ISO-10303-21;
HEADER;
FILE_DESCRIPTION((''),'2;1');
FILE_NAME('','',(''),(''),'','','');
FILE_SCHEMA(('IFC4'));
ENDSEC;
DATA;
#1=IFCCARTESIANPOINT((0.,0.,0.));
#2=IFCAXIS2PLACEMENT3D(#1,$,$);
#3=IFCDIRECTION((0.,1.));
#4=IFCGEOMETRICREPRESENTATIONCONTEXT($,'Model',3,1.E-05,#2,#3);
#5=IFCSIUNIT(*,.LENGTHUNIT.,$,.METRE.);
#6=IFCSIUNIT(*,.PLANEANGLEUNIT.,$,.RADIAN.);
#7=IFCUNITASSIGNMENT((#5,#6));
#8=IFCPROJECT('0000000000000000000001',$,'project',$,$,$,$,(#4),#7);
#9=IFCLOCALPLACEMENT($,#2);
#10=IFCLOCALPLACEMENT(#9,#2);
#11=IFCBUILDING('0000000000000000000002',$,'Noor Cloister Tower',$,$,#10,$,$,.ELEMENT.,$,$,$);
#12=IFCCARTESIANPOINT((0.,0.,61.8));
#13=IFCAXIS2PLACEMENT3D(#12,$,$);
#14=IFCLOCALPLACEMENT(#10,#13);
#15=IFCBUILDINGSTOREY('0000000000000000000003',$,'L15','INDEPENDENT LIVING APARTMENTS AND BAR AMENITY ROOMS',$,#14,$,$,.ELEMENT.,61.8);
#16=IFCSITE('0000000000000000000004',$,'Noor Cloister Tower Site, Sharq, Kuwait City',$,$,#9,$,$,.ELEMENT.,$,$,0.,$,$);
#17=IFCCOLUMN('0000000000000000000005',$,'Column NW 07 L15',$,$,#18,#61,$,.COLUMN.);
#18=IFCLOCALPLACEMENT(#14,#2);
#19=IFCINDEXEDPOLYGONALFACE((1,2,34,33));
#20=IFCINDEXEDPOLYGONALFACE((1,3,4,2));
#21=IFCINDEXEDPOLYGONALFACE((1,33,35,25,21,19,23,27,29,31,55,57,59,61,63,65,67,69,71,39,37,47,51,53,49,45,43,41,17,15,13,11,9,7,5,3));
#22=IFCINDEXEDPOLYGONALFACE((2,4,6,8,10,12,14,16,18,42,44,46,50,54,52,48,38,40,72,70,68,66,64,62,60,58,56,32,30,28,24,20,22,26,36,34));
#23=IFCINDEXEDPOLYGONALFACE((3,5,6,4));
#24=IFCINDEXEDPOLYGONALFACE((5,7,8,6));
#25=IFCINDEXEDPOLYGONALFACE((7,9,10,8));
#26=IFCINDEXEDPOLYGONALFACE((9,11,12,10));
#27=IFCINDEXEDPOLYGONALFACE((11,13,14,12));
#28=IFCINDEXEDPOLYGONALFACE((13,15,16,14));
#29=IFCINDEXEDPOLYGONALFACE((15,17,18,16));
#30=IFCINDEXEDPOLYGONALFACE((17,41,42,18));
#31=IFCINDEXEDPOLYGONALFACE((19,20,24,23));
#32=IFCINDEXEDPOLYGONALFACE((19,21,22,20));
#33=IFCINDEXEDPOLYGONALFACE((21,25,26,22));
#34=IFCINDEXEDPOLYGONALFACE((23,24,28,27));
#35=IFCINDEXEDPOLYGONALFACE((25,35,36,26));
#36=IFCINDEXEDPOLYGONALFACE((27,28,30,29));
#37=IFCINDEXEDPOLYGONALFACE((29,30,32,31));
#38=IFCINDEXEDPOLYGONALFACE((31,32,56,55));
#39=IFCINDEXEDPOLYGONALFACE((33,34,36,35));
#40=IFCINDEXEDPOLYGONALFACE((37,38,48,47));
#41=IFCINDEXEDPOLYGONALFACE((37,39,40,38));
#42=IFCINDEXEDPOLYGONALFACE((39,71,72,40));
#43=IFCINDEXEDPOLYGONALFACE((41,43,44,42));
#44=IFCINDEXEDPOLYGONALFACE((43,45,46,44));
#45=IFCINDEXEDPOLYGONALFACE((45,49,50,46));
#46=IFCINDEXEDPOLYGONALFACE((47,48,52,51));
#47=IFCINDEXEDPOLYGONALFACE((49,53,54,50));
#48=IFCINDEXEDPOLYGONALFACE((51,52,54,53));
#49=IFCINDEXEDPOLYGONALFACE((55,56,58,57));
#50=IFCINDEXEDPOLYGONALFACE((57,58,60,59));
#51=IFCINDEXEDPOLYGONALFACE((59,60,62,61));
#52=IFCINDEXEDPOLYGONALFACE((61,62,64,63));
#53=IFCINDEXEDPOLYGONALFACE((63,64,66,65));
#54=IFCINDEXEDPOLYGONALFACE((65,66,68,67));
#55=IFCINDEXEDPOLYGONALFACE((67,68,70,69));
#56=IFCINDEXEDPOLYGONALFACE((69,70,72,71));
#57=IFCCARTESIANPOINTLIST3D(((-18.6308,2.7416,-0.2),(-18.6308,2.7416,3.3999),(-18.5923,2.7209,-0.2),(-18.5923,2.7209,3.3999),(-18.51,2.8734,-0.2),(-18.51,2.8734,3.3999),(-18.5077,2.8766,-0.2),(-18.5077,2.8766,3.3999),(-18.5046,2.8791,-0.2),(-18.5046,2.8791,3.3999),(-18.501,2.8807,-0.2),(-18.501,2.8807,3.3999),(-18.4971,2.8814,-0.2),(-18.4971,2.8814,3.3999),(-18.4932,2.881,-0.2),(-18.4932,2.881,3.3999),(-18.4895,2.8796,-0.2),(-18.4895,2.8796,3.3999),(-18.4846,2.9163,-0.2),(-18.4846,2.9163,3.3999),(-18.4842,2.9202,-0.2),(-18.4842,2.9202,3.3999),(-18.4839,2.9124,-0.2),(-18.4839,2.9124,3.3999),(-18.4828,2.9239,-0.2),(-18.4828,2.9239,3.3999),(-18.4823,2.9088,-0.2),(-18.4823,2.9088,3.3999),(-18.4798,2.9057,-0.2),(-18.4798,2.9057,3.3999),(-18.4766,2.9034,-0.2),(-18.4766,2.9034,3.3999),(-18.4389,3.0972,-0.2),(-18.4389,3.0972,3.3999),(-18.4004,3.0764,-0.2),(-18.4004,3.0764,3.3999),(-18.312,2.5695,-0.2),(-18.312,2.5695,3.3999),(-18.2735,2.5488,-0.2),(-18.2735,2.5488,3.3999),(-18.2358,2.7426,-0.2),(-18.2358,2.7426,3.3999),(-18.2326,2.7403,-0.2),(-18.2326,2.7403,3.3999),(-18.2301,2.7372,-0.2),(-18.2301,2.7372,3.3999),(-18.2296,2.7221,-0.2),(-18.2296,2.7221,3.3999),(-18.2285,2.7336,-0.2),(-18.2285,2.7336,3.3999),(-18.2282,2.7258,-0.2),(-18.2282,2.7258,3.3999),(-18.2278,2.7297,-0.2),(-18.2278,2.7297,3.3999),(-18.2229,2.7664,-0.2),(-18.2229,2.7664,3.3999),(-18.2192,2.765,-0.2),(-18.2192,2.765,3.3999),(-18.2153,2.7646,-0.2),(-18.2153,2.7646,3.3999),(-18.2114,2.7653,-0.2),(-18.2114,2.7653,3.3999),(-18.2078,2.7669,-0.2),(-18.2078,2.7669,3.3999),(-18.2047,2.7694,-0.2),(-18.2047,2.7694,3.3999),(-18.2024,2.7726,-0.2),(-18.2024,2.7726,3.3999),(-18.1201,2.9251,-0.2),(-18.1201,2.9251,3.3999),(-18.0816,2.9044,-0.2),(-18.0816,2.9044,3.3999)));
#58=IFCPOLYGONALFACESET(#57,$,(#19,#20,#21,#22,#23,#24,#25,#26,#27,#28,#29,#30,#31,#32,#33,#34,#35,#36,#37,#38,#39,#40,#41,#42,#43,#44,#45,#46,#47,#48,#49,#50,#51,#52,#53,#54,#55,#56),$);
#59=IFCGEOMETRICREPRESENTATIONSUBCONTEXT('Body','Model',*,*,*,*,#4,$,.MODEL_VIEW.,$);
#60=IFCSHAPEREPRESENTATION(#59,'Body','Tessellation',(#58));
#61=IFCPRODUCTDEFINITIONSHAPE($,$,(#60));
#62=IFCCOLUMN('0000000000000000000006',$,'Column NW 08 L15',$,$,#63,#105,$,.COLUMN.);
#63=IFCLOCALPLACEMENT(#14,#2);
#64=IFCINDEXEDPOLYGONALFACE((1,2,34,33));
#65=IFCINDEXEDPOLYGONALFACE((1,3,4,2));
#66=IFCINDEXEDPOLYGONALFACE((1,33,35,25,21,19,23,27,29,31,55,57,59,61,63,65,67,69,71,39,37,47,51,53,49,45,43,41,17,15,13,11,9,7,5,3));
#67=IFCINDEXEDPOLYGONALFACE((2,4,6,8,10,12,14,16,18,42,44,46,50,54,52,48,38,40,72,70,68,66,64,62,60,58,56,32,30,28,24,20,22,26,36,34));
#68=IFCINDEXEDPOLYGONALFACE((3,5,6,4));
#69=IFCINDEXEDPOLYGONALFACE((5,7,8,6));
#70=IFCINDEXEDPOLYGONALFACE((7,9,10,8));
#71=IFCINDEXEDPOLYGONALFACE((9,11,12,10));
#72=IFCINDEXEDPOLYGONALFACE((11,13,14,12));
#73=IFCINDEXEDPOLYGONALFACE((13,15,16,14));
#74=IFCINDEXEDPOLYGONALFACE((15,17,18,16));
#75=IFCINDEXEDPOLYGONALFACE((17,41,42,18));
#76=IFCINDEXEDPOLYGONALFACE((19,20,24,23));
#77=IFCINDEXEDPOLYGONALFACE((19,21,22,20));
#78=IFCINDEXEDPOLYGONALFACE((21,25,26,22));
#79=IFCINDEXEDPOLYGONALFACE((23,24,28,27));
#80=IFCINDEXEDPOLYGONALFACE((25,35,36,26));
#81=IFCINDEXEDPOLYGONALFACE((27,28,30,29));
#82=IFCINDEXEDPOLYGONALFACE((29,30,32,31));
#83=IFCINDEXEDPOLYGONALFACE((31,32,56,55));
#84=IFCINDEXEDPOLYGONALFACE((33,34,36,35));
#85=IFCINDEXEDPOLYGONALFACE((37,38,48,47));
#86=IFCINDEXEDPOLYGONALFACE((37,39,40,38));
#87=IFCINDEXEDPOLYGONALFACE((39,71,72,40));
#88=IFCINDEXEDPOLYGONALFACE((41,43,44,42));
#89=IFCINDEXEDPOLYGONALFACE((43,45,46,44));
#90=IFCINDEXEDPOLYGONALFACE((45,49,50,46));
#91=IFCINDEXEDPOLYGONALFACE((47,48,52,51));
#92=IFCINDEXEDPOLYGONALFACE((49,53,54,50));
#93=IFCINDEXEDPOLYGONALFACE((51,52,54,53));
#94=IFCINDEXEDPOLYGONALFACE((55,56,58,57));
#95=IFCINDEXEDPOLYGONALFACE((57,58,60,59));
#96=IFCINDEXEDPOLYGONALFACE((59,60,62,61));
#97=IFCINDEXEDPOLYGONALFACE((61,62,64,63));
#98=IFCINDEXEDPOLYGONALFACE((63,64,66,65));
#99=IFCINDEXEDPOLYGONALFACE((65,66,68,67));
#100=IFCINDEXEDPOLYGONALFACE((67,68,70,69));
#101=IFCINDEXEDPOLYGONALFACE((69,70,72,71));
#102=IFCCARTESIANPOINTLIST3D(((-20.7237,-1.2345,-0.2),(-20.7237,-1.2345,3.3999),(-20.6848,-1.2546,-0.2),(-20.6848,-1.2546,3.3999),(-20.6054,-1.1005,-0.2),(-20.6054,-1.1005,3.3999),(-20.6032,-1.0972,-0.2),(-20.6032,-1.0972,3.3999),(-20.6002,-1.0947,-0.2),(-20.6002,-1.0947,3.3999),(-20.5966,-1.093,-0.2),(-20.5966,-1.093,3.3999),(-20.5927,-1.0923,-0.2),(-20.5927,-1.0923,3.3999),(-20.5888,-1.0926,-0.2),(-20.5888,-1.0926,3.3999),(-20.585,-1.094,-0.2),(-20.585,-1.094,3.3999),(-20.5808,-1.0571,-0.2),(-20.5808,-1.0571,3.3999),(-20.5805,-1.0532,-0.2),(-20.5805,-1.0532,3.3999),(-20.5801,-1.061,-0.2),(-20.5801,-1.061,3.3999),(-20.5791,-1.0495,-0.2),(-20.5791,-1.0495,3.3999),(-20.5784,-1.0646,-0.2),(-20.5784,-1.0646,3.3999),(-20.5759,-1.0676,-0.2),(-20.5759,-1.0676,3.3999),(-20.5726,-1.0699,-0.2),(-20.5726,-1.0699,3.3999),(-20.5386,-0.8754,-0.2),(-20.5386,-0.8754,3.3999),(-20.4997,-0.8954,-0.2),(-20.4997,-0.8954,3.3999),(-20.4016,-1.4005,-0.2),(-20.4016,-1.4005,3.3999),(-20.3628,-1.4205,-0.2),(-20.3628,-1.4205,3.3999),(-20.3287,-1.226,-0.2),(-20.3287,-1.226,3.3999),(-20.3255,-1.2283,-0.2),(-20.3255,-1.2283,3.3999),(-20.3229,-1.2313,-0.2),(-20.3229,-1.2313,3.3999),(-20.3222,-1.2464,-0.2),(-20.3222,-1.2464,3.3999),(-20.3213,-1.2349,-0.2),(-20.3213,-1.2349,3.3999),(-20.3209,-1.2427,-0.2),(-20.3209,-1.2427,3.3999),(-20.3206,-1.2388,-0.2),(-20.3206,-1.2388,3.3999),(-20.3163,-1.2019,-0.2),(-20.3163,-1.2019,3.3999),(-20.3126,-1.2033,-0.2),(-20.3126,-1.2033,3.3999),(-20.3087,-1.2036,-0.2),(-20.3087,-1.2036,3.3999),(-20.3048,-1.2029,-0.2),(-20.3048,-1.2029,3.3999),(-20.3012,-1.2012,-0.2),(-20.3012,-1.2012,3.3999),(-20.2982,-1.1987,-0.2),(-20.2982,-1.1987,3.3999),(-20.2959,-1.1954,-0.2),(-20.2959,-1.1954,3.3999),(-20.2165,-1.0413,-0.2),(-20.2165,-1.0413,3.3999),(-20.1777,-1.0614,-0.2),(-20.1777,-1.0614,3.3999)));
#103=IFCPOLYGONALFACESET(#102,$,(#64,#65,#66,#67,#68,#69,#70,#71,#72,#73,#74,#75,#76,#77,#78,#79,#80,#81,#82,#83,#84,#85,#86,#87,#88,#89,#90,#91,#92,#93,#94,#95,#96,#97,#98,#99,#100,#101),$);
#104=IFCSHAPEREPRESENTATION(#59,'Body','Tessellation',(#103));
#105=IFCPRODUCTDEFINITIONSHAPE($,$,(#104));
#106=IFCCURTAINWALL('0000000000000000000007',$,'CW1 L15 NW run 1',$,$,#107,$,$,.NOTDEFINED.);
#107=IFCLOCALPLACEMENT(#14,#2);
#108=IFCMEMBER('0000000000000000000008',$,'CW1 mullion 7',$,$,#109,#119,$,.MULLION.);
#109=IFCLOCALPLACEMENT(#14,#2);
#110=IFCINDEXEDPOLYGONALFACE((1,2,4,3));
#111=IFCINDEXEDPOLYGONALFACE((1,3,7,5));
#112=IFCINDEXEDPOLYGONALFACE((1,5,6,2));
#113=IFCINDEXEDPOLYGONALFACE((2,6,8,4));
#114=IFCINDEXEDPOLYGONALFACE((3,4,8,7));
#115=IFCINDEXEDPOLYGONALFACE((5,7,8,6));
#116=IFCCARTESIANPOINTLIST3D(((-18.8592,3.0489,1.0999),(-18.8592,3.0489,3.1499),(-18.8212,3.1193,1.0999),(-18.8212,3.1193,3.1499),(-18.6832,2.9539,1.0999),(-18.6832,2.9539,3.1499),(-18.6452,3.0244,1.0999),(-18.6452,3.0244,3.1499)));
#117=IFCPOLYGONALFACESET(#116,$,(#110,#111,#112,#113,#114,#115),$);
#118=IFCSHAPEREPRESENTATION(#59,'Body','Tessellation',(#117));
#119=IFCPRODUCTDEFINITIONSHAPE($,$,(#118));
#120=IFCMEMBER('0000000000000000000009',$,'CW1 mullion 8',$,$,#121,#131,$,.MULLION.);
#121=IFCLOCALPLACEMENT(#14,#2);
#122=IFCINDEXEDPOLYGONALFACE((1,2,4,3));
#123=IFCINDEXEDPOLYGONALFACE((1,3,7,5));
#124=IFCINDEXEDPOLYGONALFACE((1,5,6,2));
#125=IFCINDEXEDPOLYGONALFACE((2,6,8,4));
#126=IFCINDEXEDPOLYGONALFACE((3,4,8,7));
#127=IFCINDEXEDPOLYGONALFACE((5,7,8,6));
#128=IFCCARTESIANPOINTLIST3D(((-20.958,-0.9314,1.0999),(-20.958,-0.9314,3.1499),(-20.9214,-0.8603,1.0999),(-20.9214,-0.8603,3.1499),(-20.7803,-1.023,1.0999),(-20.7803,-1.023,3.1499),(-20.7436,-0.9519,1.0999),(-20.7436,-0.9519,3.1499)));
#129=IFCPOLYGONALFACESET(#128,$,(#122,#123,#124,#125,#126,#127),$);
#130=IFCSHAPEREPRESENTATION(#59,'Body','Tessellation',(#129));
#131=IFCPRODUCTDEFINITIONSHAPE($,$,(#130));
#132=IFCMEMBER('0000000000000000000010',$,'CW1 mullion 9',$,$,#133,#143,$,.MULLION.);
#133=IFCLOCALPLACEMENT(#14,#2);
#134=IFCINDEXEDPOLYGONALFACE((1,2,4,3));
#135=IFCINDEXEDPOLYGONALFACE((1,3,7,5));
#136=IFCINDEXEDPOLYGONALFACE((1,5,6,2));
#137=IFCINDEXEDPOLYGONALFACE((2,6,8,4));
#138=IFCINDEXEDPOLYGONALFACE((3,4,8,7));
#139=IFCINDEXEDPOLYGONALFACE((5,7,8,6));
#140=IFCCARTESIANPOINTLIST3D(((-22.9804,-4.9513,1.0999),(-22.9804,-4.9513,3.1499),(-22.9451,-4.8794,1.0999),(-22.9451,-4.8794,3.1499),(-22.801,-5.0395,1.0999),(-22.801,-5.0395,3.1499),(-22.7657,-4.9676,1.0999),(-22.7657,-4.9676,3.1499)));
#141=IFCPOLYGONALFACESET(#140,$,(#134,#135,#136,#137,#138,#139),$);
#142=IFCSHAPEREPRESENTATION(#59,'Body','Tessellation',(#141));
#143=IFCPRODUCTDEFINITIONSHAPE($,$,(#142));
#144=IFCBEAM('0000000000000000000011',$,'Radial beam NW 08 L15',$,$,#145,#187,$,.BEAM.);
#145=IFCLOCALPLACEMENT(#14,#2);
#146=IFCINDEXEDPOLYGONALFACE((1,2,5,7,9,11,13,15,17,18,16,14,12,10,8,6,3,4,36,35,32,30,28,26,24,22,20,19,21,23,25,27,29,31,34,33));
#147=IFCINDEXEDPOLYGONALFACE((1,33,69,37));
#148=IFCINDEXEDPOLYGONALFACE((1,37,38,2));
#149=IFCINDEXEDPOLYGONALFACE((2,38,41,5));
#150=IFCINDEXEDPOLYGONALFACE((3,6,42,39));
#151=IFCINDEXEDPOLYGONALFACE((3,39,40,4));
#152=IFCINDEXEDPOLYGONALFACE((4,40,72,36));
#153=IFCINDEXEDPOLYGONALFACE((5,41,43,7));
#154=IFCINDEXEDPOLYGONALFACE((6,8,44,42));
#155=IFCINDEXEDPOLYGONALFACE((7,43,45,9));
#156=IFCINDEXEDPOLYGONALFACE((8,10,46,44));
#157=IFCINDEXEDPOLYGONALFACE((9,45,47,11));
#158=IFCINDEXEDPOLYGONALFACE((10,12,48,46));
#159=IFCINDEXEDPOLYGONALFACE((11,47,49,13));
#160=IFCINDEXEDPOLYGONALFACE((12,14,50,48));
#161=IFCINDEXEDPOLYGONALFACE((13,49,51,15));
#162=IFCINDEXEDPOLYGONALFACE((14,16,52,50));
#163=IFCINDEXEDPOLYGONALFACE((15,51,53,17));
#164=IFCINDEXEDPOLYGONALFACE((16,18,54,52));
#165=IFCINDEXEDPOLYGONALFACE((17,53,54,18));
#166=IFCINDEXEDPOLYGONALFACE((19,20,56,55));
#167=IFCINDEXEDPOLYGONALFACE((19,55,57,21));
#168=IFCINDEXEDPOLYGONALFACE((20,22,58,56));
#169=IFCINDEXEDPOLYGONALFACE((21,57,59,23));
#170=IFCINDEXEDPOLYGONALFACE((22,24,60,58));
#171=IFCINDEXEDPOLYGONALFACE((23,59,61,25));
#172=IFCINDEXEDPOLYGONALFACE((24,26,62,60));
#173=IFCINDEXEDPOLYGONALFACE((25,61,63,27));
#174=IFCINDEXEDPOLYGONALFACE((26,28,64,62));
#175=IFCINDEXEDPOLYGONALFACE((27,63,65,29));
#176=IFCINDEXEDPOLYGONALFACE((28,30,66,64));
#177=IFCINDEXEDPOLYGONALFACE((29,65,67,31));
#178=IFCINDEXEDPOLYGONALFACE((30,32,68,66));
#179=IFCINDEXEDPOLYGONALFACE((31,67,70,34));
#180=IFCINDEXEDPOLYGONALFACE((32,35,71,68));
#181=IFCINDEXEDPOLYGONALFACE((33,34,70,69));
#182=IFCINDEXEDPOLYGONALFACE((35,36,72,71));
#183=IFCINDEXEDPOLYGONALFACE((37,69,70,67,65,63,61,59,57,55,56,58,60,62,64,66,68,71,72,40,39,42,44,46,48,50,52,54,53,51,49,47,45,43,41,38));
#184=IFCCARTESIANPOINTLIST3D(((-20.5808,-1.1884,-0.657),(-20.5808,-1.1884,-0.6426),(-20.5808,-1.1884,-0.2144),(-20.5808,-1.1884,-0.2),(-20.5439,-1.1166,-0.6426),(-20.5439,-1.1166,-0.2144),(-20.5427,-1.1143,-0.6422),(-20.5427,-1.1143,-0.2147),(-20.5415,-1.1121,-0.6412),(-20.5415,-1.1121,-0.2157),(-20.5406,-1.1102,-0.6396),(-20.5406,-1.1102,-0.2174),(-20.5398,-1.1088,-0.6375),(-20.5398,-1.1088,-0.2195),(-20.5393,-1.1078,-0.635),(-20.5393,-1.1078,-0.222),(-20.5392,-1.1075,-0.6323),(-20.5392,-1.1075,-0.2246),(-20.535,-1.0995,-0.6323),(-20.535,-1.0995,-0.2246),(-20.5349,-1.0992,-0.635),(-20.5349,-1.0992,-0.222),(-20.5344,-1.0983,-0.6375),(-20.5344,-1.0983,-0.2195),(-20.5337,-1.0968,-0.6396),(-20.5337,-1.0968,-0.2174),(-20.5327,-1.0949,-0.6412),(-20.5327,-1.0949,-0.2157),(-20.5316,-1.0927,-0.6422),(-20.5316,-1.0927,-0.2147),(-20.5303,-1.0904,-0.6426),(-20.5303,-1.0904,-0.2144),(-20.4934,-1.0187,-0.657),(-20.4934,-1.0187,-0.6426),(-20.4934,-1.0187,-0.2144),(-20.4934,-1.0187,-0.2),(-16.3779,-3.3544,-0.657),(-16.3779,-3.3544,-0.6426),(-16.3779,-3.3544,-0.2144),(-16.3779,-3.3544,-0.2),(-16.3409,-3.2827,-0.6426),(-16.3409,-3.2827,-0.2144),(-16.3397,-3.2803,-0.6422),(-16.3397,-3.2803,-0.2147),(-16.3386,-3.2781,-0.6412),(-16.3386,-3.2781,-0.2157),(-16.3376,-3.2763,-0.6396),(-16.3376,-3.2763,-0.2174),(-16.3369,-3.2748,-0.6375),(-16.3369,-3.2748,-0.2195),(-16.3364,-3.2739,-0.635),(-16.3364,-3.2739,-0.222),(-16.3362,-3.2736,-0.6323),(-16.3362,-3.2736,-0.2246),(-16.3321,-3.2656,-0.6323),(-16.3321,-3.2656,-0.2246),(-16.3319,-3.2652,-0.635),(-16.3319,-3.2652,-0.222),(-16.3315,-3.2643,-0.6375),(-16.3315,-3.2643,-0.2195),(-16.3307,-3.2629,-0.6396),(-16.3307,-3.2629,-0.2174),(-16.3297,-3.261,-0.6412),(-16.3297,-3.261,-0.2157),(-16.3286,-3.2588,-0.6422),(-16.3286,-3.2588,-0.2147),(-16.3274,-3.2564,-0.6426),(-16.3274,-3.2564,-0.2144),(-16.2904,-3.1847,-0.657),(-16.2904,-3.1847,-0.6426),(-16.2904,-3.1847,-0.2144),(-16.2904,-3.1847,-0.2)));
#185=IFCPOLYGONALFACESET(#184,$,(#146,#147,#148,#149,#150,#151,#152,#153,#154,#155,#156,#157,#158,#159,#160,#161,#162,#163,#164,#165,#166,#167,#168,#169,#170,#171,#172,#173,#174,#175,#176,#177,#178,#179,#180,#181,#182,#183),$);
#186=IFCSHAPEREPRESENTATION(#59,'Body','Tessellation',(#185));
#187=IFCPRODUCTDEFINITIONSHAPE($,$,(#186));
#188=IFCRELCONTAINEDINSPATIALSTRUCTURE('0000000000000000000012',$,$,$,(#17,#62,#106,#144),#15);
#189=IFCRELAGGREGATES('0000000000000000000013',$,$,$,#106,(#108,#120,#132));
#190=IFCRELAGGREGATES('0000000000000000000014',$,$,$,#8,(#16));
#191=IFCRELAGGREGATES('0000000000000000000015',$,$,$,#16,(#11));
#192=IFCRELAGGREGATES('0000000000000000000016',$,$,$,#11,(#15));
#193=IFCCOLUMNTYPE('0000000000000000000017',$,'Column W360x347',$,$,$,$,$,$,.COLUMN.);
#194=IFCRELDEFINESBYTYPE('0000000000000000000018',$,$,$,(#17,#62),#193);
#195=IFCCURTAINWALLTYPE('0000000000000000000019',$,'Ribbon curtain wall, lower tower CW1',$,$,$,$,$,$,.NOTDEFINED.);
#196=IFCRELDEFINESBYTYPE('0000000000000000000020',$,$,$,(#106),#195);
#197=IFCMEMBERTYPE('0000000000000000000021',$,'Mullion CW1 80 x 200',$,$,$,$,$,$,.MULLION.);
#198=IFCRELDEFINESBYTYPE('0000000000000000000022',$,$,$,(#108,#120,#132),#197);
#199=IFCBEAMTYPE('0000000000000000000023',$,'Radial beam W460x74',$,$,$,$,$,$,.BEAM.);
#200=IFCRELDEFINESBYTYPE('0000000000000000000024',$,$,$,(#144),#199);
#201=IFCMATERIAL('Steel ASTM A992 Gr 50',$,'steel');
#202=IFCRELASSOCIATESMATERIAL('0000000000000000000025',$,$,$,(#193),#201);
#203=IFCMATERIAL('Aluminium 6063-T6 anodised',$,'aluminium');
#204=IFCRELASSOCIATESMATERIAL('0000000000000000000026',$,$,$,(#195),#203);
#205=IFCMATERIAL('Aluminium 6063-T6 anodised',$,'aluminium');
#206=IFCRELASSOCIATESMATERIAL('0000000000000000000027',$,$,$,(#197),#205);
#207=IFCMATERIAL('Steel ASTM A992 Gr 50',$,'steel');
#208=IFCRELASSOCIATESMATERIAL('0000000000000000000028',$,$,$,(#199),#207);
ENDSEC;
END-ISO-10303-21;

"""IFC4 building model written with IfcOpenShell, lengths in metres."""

from ifc_helpers import new_model, si_unit, direction, frame, origin, origin_2d, place, context, subcontext, project, spatial, rectangle, i_section, extrude, material, material_profile, profile_set, type_object, element, aggregate, save


model = new_model("IFC4")

# Units and contexts
model_context = context("Model", 3, precision=1e-05, world=origin(), true_north=direction((0.0, 1.0)))
body_context = subcontext(model_context, "Body", "Model", "MODEL_VIEW")
ifc_project = project(units=[si_unit("LENGTHUNIT", "METRE"), si_unit("PLANEANGLEUNIT", "RADIAN")], contexts=[model_context])

# Site, building, storey
site_placement = place(None, origin())
site = spatial("IfcSite", under=ifc_project, at=site_placement, Name="Noor Cloister Tower Site, Sharq, Kuwait City", CompositionType="ELEMENT", RefElevation=0.0)
building_placement = place(site_placement, origin())
building = spatial("IfcBuilding", under=site, at=building_placement, Name="Noor Cloister Tower", CompositionType="ELEMENT")
storey_placement = place(building_placement, frame((0.0, 0.0, 61.8)))
storey = spatial("IfcBuildingStorey", under=building, at=storey_placement, Name="L15", Description="INDEPENDENT LIVING APARTMENTS AND BAR AMENITY ROOMS", CompositionType="ELEMENT", Elevation=61.8)

# Columns
ifc_material_1 = material(Name="Steel ASTM A992 Gr 50", Category="steel")
ifc_material_profile_1 = material_profile(ifc_material_1, i_section(OverallWidth=0.4041, OverallDepth=0.406, WebThickness=0.0271, FlangeThickness=0.0437, FilletRadius=0.0151, at=origin_2d()), Name="W360x347")
ifc_profile_set_1 = profile_set([ifc_material_profile_1], Name="Steel ASTM A992 Gr 50")
column_type = type_object("IfcColumnType", Name="Column W360x347", PredefinedType="COLUMN", material=ifc_profile_set_1)
for number, where, z_axis, x_axis, name in (
    (1, (-18.3562, 2.823, -0.2), (0.0, 0.0, 1.0), (-0.474991, -0.87999, 0.0), "Column NW 07 L15"),
    (2, (-20.4507, -1.1479, -0.2), (0.0, 0.0, 1.0), (-0.458101, -0.8889, 0.0), "Column NW 08 L15"),
):
    element("IfcColumn", number, at=place(storey_placement, frame(where, z_axis=z_axis, x_axis=x_axis)), inside=storey, type_object=column_type, Name=name, PredefinedType="COLUMN", context=body_context, shape_type="SweptSolid", body=[
        extrude(i_section(OverallWidth=0.4041, OverallDepth=0.406, WebThickness=0.0271, FlangeThickness=0.0437, FilletRadius=0.0151, at=origin_2d()), origin(), (0.0, 0.0, 1.0), 3.5999),
    ])

# Curtain wall, members
ifc_material_2 = material(Name="Aluminium 6063-T6 anodised", Category="aluminium")
curtain_wall_type = type_object("IfcCurtainWallType", Name="Ribbon curtain wall, lower tower CW1", PredefinedType="NOTDEFINED", material=ifc_material_2)
curtain_wall_placement = place(storey_placement, origin())
curtain_wall = element("IfcCurtainWall", 3, at=curtain_wall_placement, inside=storey, type_object=curtain_wall_type, Name="CW1 L15 NW run 1", PredefinedType="NOTDEFINED")
ifc_material_3 = material(Name="Aluminium 6063-T6 anodised", Category="aluminium")
ifc_material_profile_2 = material_profile(ifc_material_3, rectangle(XDim=0.2, YDim=0.0801, at=origin_2d()), Name="200 x 80 mullion")
ifc_profile_set_2 = profile_set([ifc_material_profile_2], Name="Aluminium 6063-T6 anodised")
member_type = type_object("IfcMemberType", Name="Mullion CW1 80 x 200", PredefinedType="MULLION", material=ifc_profile_set_2)
member_1_placement = place(storey_placement, frame((-18.7522, 3.0366, 1.0999), z_axis=(0.0, 0.0, 1.0), x_axis=(0.87999, -0.474991, 0.0)))
member_1 = element("IfcMember", 4, at=member_1_placement, type_object=member_type, Name="CW1 mullion 7", PredefinedType="MULLION", context=body_context, shape_type="SweptSolid", body=[
    extrude(rectangle(XDim=0.2, YDim=0.0801, at=origin_2d()), origin(), (0.0, 0.0, 1.0), 2.05),
])
member_2_placement = place(storey_placement, frame((-20.8508, -0.9417, 1.0999), z_axis=(0.0, 0.0, 1.0), x_axis=(0.8889, -0.458101, 0.0)))
member_2 = element("IfcMember", 5, at=member_2_placement, type_object=member_type, Name="CW1 mullion 8", PredefinedType="MULLION", context=body_context, shape_type="SweptSolid", body=[
    extrude(rectangle(XDim=0.2, YDim=0.0801, at=origin_2d()), origin(), (0.0, 0.0, 1.0), 2.05),
])
member_3_placement = place(storey_placement, frame((-22.873, -4.9595, 1.0999), z_axis=(0.0, 0.0, 1.0), x_axis=(0.897485, -0.441044, 0.0)))
member_3 = element("IfcMember", 6, at=member_3_placement, type_object=member_type, Name="CW1 mullion 9", PredefinedType="MULLION", context=body_context, shape_type="SweptSolid", body=[
    extrude(rectangle(XDim=0.2, YDim=0.0801, at=origin_2d()), origin(), (0.0, 0.0, 1.0), 2.05),
])

# Beam
ifc_material_4 = material(Name="Steel ASTM A992 Gr 50", Category="steel")
ifc_material_profile_3 = material_profile(ifc_material_4, i_section(OverallWidth=0.1909, OverallDepth=0.457, WebThickness=0.009, FlangeThickness=0.0144, FilletRadius=0.0103, at=origin_2d()), Name="W460x74")
ifc_profile_set_3 = profile_set([ifc_material_profile_3], Name="Steel ASTM A992 Gr 50")
beam_type_1 = type_object("IfcBeamType", Name="Radial beam W460x74", PredefinedType="BEAM", material=ifc_profile_set_3)
beam_1_placement = place(storey_placement, frame((-20.5371, -1.1035, -0.4285), z_axis=(0.888897, -0.458106, 0.0), x_axis=(0.458106, 0.888897, 0.0)))
element("IfcBeam", 7, at=beam_1_placement, inside=storey, type_object=beam_type_1, Name="Radial beam NW 08 L15", PredefinedType="BEAM", context=body_context, shape_type="SweptSolid", body=[
    extrude(i_section(OverallWidth=0.1909, OverallDepth=0.457, WebThickness=0.009, FlangeThickness=0.0144, FilletRadius=0.0103, at=origin_2d()), origin(), (0.0, 0.0, 1.0), 4.7283),
])

aggregate(curtain_wall, [member_1, member_2, member_3])

save(model, "model.ifc")
